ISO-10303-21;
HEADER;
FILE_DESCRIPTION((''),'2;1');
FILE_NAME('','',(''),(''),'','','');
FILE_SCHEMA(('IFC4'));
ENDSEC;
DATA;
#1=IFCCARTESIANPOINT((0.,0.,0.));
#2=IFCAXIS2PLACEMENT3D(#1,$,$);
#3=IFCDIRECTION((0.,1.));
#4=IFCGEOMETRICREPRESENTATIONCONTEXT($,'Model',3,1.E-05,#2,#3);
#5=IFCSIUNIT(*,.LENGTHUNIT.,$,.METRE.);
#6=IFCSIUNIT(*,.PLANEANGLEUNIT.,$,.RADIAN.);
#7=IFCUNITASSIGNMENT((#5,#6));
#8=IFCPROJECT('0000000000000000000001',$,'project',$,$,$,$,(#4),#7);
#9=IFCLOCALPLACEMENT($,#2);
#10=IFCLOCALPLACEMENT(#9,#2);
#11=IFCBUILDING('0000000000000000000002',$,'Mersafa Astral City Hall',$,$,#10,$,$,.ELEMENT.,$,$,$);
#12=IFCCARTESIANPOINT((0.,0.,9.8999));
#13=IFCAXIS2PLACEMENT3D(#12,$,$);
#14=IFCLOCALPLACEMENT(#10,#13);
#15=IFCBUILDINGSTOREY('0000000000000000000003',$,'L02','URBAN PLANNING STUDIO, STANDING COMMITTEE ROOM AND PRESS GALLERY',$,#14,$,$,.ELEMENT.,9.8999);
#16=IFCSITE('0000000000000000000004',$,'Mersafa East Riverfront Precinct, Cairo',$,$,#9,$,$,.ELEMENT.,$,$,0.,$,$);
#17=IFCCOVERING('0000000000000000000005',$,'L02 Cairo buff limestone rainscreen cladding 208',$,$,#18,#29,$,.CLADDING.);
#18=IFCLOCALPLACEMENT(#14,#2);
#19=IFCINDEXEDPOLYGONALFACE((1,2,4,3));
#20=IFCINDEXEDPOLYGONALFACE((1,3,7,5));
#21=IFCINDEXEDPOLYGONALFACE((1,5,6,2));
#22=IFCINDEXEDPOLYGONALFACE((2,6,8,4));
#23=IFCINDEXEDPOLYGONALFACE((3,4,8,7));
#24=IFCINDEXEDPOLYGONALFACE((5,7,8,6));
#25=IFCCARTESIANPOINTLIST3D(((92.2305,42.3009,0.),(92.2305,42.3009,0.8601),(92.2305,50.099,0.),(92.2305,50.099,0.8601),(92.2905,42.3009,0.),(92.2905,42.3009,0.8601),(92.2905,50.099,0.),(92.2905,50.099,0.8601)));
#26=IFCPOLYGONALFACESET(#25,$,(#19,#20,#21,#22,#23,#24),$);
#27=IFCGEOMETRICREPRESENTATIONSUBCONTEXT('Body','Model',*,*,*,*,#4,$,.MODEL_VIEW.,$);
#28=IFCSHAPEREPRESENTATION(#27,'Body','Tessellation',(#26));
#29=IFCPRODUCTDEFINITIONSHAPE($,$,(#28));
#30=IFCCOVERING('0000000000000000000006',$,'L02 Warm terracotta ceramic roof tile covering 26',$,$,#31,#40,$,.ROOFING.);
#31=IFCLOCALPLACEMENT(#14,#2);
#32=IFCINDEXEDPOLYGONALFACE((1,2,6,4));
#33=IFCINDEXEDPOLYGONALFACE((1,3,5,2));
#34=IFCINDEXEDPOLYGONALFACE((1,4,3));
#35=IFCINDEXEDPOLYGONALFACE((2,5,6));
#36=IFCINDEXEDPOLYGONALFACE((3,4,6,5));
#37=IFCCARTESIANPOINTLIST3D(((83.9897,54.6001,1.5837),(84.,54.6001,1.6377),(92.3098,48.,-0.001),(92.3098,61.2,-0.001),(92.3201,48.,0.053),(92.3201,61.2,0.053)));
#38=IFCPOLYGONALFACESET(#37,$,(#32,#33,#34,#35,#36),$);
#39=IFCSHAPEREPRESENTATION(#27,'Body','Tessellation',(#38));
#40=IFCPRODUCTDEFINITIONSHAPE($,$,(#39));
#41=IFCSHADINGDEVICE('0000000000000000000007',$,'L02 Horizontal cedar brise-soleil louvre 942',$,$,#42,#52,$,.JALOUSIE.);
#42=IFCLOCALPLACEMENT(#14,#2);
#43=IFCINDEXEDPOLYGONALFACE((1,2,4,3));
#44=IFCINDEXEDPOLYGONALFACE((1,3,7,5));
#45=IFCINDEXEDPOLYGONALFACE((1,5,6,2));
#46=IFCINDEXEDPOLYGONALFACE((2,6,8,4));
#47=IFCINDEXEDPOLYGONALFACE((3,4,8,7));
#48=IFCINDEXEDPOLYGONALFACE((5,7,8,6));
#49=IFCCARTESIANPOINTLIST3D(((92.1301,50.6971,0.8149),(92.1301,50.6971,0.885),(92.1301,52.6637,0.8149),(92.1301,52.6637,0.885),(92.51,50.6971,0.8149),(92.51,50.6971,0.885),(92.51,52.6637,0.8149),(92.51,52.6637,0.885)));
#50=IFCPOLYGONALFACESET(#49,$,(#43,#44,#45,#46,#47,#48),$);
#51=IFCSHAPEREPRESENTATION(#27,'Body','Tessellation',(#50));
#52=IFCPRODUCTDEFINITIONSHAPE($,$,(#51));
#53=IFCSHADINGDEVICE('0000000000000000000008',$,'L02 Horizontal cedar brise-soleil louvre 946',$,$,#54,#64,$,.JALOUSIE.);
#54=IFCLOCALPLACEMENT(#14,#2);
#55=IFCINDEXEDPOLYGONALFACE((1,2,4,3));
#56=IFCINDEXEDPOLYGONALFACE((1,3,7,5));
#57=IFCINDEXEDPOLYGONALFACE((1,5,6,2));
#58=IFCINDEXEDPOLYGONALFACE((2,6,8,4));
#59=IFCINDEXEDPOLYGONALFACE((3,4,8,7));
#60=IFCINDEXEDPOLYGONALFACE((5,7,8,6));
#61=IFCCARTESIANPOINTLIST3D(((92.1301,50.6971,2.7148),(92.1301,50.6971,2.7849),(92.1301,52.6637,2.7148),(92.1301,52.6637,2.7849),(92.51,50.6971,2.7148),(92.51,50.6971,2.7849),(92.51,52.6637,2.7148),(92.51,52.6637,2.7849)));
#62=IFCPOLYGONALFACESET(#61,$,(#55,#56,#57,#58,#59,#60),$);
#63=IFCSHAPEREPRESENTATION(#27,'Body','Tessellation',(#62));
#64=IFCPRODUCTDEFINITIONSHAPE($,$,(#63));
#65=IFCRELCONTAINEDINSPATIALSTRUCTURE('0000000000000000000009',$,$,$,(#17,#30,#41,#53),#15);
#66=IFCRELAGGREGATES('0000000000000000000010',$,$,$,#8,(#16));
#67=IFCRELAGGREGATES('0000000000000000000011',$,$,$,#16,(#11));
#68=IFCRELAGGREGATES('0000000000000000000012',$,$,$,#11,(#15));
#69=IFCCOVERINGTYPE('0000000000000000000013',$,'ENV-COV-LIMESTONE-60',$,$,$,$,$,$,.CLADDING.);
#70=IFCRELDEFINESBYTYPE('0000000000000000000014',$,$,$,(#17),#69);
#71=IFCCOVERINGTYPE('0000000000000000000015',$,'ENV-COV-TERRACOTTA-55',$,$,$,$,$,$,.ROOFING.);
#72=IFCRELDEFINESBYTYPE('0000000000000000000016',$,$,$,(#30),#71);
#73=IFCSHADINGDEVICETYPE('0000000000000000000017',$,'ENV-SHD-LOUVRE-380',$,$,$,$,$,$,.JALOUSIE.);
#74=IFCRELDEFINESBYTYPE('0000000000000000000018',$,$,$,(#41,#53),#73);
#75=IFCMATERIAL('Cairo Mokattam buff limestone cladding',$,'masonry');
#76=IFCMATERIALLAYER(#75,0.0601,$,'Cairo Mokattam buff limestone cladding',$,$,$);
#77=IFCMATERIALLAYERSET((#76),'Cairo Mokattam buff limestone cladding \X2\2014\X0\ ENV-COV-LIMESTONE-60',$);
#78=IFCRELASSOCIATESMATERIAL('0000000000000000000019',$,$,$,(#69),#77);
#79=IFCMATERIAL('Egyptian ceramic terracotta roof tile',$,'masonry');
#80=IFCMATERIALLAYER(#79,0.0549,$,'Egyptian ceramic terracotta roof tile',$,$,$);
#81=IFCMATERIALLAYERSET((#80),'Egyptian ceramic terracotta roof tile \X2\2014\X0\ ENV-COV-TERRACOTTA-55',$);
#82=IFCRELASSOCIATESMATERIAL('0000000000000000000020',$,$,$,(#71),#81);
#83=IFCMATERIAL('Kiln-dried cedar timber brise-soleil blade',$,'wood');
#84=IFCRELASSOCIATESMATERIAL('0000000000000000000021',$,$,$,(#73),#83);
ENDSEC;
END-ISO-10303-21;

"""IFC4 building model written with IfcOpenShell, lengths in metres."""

from ifc_helpers import new_model, si_unit, direction, frame, origin, origin_2d, place, context, subcontext, project, spatial, polyline, rectangle, outline, extrude, material, layer, layer_set, type_object, element, save


model = new_model("IFC4")

# Units and contexts
model_context = context("Model", 3, precision=1e-05, world=origin(), true_north=direction((0.0, 1.0)))
body_context = subcontext(model_context, "Body", "Model", "MODEL_VIEW")
ifc_project = project(units=[si_unit("LENGTHUNIT", "METRE"), si_unit("PLANEANGLEUNIT", "RADIAN")], contexts=[model_context])

# Site, building, storey
site_placement = place(None, origin())
site = spatial("IfcSite", under=ifc_project, at=site_placement, Name="Mersafa East Riverfront Precinct, Cairo", CompositionType="ELEMENT", RefElevation=0.0)
building_placement = place(site_placement, origin())
building = spatial("IfcBuilding", under=site, at=building_placement, Name="Mersafa Astral City Hall", CompositionType="ELEMENT")
storey_placement = place(building_placement, frame((0.0, 0.0, 9.8999)))
storey = spatial("IfcBuildingStorey", under=building, at=storey_placement, Name="L02", Description="URBAN PLANNING STUDIO, STANDING COMMITTEE ROOM AND PRESS GALLERY", CompositionType="ELEMENT", Elevation=9.8999)

# Shared definitions
ifc_material_1 = material(Name="Egyptian ceramic terracotta roof tile", Category="masonry")

# Coverings
ifc_material_2 = material(Name="Cairo Mokattam buff limestone cladding", Category="masonry")
ifc_layer_1 = layer(ifc_material_2, 0.0601, Name="Cairo Mokattam buff limestone cladding")
ifc_layer_set_1 = layer_set([ifc_layer_1], Name="Cairo Mokattam buff limestone cladding — ENV-COV-LIMESTONE-60")
covering_type_1 = type_object("IfcCoveringType", Name="ENV-COV-LIMESTONE-60", PredefinedType="CLADDING", material=ifc_layer_set_1)
covering_1_placement = place(storey_placement, frame((92.2605, 46.2, 0.0), z_axis=(0.0, 0.0, 1.0), x_axis=(0.0, -1.0, 0.0)))
element("IfcCovering", 1, at=covering_1_placement, inside=storey, type_object=covering_type_1, Name="L02 Cairo buff limestone rainscreen cladding 208", PredefinedType="CLADDING", context=body_context, shape_type="SweptSolid", body=[
    extrude(rectangle(XDim=7.7981, YDim=0.0601, at=origin_2d()), origin(), (0.0, 0.0, 1.0), 0.8601),
])
ifc_layer_2 = layer(ifc_material_1, 0.0549, Name="Egyptian ceramic terracotta roof tile")
ifc_layer_set_2 = layer_set([ifc_layer_2], Name="Egyptian ceramic terracotta roof tile — ENV-COV-TERRACOTTA-55")
covering_type_2 = type_object("IfcCoveringType", Name="ENV-COV-TERRACOTTA-55", PredefinedType="ROOFING", material=ifc_layer_set_2)
covering_2_placement = place(storey_placement, frame((92.3201, 48.0, 0.053), z_axis=(0.187105, 0.0, 0.98234), x_axis=(0.0, 1.0, 0.0)))
element("IfcCovering", 2, at=covering_2_placement, inside=storey, type_object=covering_type_2, Name="L02 Warm terracotta ceramic roof tile covering 26", PredefinedType="ROOFING", context=body_context, shape_type="SweptSolid", body=[
    extrude(outline(polyline([(0.0, 0.0), (13.2, 0.0), (6.6001, 8.4696), (0.0, 0.0)])), origin(), (0.0, 0.0, -1.0), 0.0549),
])

# Shading devices
ifc_material_3 = material(Name="Kiln-dried cedar timber brise-soleil blade", Category="wood")
shading_device_type = type_object("IfcShadingDeviceType", Name="ENV-SHD-LOUVRE-380", PredefinedType="JALOUSIE", material=ifc_material_3)
for number, where, z_axis, x_axis, name in (
    (3, (92.3201, 51.6804, 0.8149), (0.0, 0.0, 1.0), (0.0, -1.0, 0.0), "L02 Horizontal cedar brise-soleil louvre 942"),
    (4, (92.3201, 51.6804, 2.7148), (0.0, 0.0, 1.0), (0.0, -1.0, 0.0), "L02 Horizontal cedar brise-soleil louvre 946"),
):
    element("IfcShadingDevice", number, at=place(storey_placement, frame(where, z_axis=z_axis, x_axis=x_axis)), inside=storey, type_object=shading_device_type, Name=name, PredefinedType="JALOUSIE", context=body_context, shape_type="SweptSolid", body=[
        extrude(rectangle(XDim=1.9666, YDim=0.3799, at=origin_2d()), origin(), (0.0, 0.0, 1.0), 0.0701),
    ])

save(model, "model.ifc")
